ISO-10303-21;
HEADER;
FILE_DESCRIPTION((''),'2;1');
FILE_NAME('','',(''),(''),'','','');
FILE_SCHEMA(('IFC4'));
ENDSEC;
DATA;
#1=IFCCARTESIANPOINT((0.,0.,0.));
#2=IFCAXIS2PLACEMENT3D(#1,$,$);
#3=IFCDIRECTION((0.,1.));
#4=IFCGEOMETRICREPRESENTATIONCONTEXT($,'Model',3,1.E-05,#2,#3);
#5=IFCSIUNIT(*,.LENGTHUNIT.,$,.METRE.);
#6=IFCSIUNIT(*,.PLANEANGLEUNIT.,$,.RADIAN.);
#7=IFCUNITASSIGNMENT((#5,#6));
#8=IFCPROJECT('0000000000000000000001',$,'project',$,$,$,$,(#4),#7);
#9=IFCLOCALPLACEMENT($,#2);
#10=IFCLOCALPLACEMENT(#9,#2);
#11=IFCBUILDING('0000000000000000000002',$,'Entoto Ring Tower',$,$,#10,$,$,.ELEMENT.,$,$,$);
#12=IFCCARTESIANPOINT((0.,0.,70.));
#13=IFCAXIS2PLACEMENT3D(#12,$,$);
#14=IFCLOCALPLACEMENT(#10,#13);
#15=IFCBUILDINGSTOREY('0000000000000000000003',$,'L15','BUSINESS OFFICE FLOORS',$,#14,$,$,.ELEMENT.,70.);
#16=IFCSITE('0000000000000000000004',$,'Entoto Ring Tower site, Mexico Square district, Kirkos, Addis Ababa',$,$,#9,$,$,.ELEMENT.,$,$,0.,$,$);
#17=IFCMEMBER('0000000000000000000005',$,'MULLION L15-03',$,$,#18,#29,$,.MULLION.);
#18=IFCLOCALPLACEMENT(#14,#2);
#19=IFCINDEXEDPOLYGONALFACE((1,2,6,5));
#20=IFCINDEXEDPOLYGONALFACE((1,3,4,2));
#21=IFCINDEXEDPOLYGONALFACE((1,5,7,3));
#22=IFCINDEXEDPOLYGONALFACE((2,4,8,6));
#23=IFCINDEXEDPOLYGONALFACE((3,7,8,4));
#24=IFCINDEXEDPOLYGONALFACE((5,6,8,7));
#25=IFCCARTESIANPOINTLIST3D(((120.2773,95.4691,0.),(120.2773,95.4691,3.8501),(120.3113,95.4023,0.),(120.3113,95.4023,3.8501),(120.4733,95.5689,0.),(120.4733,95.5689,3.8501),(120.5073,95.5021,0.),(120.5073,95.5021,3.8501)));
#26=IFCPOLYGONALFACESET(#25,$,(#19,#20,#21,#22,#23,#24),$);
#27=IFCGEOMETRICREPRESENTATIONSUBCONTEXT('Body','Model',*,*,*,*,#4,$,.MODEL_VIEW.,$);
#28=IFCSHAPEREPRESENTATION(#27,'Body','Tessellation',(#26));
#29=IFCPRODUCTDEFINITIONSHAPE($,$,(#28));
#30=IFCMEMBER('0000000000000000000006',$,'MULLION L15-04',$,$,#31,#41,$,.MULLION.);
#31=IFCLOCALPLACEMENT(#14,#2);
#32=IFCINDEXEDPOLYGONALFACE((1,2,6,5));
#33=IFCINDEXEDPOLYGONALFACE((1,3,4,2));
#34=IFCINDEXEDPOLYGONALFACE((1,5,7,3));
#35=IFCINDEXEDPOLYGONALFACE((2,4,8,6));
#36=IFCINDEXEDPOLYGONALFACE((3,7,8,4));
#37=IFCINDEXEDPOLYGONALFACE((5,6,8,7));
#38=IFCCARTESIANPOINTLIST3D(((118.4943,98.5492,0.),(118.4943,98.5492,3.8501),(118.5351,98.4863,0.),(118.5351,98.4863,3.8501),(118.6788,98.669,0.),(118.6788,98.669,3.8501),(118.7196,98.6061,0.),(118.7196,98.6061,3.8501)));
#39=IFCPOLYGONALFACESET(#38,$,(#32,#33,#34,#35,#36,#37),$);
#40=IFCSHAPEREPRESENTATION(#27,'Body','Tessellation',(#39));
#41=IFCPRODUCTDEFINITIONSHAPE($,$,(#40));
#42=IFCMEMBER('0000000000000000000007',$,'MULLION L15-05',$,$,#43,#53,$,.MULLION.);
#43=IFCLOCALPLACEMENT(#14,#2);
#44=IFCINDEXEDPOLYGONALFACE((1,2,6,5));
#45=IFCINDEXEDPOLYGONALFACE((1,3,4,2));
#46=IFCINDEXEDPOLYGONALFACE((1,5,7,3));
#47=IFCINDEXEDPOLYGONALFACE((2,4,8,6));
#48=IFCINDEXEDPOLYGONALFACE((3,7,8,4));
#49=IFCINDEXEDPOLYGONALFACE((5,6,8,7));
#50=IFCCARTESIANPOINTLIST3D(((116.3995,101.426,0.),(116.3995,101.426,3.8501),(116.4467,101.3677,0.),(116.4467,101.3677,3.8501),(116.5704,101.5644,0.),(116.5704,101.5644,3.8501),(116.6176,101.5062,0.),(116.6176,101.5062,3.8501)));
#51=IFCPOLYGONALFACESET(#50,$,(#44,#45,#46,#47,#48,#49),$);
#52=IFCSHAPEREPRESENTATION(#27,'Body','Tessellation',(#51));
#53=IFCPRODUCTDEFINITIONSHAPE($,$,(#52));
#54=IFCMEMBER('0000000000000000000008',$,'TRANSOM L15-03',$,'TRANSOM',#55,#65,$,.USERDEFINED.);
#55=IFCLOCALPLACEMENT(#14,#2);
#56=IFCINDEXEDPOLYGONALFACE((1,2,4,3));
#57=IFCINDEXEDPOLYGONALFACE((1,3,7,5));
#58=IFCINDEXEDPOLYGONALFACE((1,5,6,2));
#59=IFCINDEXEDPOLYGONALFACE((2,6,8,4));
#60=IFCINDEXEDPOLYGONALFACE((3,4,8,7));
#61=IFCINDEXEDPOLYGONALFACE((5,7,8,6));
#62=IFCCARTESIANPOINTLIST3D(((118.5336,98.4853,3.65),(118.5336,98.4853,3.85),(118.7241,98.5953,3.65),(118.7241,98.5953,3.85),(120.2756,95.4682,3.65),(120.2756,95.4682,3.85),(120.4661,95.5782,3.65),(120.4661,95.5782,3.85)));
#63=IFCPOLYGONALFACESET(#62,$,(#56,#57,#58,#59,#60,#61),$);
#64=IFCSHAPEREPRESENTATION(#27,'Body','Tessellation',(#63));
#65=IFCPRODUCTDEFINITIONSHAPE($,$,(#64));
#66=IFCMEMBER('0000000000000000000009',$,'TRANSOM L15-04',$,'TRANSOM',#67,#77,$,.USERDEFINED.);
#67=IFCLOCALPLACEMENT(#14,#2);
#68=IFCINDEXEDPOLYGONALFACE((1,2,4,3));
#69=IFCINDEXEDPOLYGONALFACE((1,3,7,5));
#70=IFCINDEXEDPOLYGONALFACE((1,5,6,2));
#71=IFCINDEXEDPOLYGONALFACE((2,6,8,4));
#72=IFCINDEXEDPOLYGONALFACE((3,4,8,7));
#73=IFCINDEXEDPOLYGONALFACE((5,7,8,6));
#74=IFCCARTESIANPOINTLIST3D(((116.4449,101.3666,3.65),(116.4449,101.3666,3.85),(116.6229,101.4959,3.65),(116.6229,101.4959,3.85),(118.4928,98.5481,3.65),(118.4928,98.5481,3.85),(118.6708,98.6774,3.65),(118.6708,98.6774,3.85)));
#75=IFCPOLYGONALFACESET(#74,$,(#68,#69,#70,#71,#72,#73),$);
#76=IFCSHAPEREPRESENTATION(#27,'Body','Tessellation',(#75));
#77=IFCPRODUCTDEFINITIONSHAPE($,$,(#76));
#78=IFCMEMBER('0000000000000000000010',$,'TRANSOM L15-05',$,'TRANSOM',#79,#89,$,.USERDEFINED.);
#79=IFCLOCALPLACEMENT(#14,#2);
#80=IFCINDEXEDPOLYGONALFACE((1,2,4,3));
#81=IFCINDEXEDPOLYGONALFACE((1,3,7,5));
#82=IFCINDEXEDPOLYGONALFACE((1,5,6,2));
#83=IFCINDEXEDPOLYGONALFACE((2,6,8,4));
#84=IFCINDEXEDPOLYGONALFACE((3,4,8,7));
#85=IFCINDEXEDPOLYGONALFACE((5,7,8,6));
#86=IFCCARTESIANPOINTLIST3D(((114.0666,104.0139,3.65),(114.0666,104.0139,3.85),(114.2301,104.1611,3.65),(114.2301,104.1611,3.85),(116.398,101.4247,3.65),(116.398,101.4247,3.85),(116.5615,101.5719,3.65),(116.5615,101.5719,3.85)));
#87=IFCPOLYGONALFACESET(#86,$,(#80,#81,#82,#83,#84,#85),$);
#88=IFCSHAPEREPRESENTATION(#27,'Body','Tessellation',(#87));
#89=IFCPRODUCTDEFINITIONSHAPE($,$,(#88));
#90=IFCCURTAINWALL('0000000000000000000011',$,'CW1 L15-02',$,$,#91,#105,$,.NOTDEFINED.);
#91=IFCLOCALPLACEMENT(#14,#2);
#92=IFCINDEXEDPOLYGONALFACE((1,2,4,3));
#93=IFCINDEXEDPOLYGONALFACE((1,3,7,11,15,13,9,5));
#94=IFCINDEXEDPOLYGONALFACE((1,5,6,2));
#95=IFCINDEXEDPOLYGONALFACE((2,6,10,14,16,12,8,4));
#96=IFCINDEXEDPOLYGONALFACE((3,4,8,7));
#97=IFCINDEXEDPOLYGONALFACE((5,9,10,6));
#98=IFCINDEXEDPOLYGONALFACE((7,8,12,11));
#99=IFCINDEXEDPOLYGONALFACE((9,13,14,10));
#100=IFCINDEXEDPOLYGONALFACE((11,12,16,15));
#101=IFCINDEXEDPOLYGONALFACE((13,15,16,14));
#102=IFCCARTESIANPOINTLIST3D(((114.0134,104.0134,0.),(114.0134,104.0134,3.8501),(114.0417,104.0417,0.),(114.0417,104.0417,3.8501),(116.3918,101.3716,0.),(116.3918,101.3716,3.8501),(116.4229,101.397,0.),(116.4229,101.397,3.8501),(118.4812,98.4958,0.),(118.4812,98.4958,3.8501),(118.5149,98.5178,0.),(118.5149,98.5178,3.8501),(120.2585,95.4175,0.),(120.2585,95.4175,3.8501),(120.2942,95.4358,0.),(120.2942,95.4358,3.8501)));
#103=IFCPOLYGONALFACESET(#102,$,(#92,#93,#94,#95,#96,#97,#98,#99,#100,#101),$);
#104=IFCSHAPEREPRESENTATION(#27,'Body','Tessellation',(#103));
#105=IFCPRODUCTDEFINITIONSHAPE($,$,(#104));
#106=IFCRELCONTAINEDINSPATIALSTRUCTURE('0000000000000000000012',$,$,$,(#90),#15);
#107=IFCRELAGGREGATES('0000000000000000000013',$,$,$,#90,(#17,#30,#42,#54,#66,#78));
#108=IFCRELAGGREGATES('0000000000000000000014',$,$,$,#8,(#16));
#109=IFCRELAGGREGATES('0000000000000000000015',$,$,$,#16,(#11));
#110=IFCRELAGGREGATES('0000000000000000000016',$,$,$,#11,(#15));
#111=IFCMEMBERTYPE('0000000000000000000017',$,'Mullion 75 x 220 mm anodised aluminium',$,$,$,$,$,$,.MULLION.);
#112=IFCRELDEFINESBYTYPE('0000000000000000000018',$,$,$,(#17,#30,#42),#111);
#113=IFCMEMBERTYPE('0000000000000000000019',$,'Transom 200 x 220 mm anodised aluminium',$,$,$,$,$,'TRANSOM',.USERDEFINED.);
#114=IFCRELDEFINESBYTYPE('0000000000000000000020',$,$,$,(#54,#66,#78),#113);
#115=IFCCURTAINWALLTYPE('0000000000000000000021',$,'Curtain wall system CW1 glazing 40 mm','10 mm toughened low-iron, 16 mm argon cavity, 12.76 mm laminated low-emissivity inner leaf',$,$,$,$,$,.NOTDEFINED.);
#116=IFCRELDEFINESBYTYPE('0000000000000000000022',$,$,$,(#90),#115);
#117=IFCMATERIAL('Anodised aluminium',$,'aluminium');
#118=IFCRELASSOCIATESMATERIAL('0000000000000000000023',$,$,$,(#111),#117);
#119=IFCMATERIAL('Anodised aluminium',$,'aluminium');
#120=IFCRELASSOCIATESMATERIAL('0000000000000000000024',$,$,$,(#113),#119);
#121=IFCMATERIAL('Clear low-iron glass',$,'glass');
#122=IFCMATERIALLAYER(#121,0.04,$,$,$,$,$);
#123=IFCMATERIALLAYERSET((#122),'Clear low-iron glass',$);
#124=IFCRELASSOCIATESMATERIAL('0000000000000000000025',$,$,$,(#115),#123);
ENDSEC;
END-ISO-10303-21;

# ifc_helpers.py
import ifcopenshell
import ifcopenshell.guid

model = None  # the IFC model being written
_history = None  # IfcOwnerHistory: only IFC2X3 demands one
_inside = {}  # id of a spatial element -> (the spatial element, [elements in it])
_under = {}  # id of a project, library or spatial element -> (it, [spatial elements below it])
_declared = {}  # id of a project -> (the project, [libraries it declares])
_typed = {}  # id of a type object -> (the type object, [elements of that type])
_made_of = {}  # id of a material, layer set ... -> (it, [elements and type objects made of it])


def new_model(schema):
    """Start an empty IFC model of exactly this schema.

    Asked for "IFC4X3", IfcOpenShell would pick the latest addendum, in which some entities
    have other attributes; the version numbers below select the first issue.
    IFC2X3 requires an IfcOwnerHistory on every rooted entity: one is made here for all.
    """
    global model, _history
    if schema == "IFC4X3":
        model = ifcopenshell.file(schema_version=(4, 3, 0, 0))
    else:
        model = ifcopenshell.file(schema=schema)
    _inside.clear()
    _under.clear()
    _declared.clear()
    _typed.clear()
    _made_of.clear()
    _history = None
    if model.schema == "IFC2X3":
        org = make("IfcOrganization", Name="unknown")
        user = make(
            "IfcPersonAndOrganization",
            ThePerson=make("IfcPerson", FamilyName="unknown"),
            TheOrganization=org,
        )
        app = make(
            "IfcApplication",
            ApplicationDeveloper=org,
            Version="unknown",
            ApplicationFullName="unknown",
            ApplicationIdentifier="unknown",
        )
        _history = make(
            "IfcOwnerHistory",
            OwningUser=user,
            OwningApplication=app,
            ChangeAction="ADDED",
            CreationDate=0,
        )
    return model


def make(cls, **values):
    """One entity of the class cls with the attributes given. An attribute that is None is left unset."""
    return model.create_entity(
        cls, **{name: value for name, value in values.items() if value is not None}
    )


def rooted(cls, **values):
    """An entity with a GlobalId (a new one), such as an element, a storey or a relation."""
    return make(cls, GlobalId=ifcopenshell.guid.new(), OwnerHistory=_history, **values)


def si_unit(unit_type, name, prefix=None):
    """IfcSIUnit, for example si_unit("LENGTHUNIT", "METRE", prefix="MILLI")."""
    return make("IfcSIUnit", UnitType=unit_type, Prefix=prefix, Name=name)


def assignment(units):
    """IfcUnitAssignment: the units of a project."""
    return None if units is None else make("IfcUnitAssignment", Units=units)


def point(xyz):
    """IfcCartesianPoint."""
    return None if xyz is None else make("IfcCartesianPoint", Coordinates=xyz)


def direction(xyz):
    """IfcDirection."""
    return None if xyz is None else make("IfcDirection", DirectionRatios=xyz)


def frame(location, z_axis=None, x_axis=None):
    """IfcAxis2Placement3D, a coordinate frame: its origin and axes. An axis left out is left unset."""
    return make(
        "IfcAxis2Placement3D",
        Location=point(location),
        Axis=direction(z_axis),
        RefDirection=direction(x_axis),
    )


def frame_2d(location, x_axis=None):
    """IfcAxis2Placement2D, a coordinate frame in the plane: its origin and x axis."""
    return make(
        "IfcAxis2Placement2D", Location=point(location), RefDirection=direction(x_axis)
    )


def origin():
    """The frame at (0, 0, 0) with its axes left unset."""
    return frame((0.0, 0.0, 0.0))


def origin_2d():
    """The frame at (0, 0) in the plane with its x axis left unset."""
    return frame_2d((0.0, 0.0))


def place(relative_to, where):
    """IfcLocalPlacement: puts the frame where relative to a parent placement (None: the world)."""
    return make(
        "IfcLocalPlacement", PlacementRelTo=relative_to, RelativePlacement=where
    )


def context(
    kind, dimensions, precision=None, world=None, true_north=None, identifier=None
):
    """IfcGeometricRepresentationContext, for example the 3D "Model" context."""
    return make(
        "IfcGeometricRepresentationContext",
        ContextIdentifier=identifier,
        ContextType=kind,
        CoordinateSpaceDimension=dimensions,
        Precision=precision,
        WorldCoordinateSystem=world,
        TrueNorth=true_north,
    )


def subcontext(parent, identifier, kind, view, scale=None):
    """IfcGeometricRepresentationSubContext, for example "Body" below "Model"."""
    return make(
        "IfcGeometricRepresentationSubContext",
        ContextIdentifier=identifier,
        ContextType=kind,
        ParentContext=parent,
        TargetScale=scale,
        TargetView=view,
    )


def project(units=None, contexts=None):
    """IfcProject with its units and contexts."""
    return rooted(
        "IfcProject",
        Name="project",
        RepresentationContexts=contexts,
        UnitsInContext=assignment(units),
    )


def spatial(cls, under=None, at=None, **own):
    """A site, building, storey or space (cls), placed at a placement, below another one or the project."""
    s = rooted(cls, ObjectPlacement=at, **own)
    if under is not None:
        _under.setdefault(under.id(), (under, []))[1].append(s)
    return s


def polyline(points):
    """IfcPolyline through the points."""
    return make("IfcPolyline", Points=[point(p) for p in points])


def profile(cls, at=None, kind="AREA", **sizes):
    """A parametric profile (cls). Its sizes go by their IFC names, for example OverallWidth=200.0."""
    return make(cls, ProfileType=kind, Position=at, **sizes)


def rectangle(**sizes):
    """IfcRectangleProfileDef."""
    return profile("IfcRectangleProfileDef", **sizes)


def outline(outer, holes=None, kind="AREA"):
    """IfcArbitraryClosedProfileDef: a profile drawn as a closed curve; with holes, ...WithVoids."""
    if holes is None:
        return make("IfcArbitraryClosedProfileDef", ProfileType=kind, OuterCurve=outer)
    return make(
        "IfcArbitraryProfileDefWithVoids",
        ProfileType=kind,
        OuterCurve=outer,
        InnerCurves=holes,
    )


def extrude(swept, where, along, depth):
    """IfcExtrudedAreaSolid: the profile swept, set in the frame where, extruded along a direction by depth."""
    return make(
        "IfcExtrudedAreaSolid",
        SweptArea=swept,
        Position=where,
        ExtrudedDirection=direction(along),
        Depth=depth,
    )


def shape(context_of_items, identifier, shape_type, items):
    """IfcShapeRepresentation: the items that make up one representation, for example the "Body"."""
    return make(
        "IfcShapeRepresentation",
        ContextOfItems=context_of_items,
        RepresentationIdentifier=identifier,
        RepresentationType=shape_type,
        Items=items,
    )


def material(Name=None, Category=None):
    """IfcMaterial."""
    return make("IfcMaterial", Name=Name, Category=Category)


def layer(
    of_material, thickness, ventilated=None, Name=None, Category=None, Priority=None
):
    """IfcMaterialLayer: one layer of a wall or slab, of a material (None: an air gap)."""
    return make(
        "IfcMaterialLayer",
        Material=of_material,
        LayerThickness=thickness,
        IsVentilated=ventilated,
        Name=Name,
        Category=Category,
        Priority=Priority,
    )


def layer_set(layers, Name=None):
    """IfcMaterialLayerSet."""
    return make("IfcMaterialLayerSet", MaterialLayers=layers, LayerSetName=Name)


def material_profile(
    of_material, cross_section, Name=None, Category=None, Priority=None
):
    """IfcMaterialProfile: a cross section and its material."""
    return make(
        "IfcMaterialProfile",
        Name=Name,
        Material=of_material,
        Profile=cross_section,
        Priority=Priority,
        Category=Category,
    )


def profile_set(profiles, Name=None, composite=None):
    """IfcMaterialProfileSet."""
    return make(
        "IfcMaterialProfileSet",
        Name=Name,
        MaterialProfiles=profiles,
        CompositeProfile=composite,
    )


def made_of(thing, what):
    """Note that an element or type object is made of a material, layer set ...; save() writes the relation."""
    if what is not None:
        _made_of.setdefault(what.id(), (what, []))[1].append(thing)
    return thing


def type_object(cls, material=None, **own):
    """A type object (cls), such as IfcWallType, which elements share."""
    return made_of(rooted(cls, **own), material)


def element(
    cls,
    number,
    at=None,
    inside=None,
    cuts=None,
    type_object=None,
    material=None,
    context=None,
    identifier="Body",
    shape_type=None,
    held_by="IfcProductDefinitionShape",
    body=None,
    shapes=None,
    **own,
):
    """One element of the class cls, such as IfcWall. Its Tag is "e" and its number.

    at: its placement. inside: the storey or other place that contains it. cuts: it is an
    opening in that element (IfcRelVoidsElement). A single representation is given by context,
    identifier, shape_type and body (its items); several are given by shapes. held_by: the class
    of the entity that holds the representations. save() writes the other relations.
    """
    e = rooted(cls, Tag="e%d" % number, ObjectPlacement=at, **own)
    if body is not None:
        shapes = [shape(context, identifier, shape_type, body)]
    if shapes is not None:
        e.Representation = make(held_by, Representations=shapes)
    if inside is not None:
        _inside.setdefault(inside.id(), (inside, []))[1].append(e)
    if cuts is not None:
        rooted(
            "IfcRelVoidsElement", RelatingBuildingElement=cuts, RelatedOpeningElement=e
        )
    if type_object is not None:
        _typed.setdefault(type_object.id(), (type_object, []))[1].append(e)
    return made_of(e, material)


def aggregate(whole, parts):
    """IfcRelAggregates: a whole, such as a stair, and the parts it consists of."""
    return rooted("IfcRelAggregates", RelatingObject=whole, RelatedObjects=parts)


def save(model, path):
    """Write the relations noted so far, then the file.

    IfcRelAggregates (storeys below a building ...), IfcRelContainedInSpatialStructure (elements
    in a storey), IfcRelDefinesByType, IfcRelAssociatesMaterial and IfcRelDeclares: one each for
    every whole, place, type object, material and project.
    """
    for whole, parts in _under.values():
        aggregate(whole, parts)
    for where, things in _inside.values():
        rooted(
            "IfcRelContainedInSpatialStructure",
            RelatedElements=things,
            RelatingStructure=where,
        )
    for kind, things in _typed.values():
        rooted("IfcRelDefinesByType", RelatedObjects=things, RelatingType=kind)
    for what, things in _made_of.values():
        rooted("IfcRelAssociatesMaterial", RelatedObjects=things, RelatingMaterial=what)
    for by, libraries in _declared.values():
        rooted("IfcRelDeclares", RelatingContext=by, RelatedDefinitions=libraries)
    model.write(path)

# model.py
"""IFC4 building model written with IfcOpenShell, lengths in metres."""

from ifc_helpers import new_model, si_unit, direction, frame, origin, origin_2d, place, context, subcontext, project, spatial, polyline, rectangle, outline, extrude, material, layer, layer_set, material_profile, profile_set, type_object, element, aggregate, save


model = new_model("IFC4")

# Units and contexts
model_context = context("Model", 3, precision=1e-05, world=origin(), true_north=direction((0.0, 1.0)))
body_context = subcontext(model_context, "Body", "Model", "MODEL_VIEW")
ifc_project = project(units=[si_unit("LENGTHUNIT", "METRE"), si_unit("PLANEANGLEUNIT", "RADIAN")], contexts=[model_context])

# Members
ifc_material_1 = material(Name="Anodised aluminium", Category="aluminium")
ifc_material_profile_1 = material_profile(ifc_material_1, rectangle(XDim=0.075, YDim=0.22, at=origin_2d()), Name="Mullion 75 x 220 mm anodised aluminium")
ifc_profile_set_1 = profile_set([ifc_material_profile_1], Name="Anodised aluminium")
member_type_1 = type_object("IfcMemberType", Name="Mullion 75 x 220 mm anodised aluminium", PredefinedType="MULLION", material=ifc_profile_set_1)
site_placement = place(None, origin())
building_placement = place(site_placement, origin())
storey_placement = place(building_placement, frame((0.0, 0.0, 70.0)))
member_1_placement = place(storey_placement, frame((120.3923, 95.4856, 0.0), z_axis=(0.0, 0.0, 1.0), x_axis=(-0.45399, 0.891007, 0.0)))
member_1 = element("IfcMember", 1, at=member_1_placement, type_object=member_type_1, Name="MULLION L15-03", PredefinedType="MULLION", context=body_context, shape_type="SweptSolid", body=[
    extrude(rectangle(XDim=0.075, YDim=0.22, at=origin_2d()), origin(), (0.0, 0.0, 1.0), 3.8501),
])
member_2_placement = place(storey_placement, frame((118.6069, 98.5776, 0.0), z_axis=(0.0, 0.0, 1.0), x_axis=(-0.544639, 0.838671, 0.0)))
member_2 = element("IfcMember", 2, at=member_2_placement, type_object=member_type_1, Name="MULLION L15-04", PredefinedType="MULLION", context=body_context, shape_type="SweptSolid", body=[
    extrude(rectangle(XDim=0.075, YDim=0.22, at=origin_2d()), origin(), (0.0, 0.0, 1.0), 3.8501),
])
member_3_placement = place(storey_placement, frame((116.5085, 101.4661, 0.0), z_axis=(0.0, 0.0, 1.0), x_axis=(-0.62932, 0.777146, 0.0)))
member_3 = element("IfcMember", 3, at=member_3_placement, type_object=member_type_1, Name="MULLION L15-05", PredefinedType="MULLION", context=body_context, shape_type="SweptSolid", body=[
    extrude(rectangle(XDim=0.075, YDim=0.22, at=origin_2d()), origin(), (0.0, 0.0, 1.0), 3.8501),
])
ifc_material_2 = material(Name="Anodised aluminium", Category="aluminium")
ifc_material_profile_2 = material_profile(ifc_material_2, rectangle(XDim=0.22, YDim=0.2, at=origin_2d()), Name="Transom 200 x 220 mm anodised aluminium")
ifc_profile_set_2 = profile_set([ifc_material_profile_2], Name="Anodised aluminium")
member_type_2 = type_object("IfcMemberType", Name="Transom 200 x 220 mm anodised aluminium", ElementType="TRANSOM", PredefinedType="USERDEFINED", material=ifc_profile_set_2)
member_4_placement = place(storey_placement, frame((120.3708, 95.5232, 3.75), z_axis=(-0.500006, 0.866022, 0.0), x_axis=(-0.866022, -0.500006, 0.0)))
member_4 = element("IfcMember", 4, at=member_4_placement, type_object=member_type_2, Name="TRANSOM L15-03", ObjectType="TRANSOM", PredefinedType="USERDEFINED", context=body_context, shape_type="SweptSolid", body=[
    extrude(rectangle(XDim=0.22, YDim=0.2, at=origin_2d()), origin(), (0.0, 0.0, 1.0), 3.4839),
])
member_5_placement = place(storey_placement, frame((118.5818, 98.6128, 3.75), z_axis=(-0.587822, 0.808991, 0.0), x_axis=(-0.808991, -0.587822, 0.0)))
member_5 = element("IfcMember", 5, at=member_5_placement, type_object=member_type_2, Name="TRANSOM L15-04", ObjectType="TRANSOM", PredefinedType="USERDEFINED", context=body_context, shape_type="SweptSolid", body=[
    extrude(rectangle(XDim=0.22, YDim=0.2, at=origin_2d()), origin(), (0.0, 0.0, 1.0), 3.4839),
])
member_6_placement = place(storey_placement, frame((116.4797, 101.4983, 3.75), z_axis=(-0.669139, 0.743137, 0.0), x_axis=(-0.743137, -0.669139, 0.0)))
member_6 = element("IfcMember", 6, at=member_6_placement, type_object=member_type_2, Name="TRANSOM L15-05", ObjectType="TRANSOM", PredefinedType="USERDEFINED", context=body_context, shape_type="SweptSolid", body=[
    extrude(rectangle(XDim=0.22, YDim=0.2, at=origin_2d()), origin(), (0.0, 0.0, 1.0), 3.4841),
])

# Site, building, storey
site = spatial("IfcSite", under=ifc_project, at=site_placement, Name="Entoto Ring Tower site, Mexico Square district, Kirkos, Addis Ababa", CompositionType="ELEMENT", RefElevation=0.0)
building = spatial("IfcBuilding", under=site, at=building_placement, Name="Entoto Ring Tower", CompositionType="ELEMENT")
storey = spatial("IfcBuildingStorey", under=building, at=storey_placement, Name="L15", Description="BUSINESS OFFICE FLOORS", CompositionType="ELEMENT", Elevation=70.0)

# Curtain wall
ifc_material_3 = material(Name="Clear low-iron glass", Category="glass")
ifc_layer_1 = layer(ifc_material_3, 0.04)
ifc_layer_set_1 = layer_set([ifc_layer_1], Name="Clear low-iron glass")
curtain_wall_type = type_object("IfcCurtainWallType", Name="Curtain wall system CW1 glazing 40 mm", Description="10 mm toughened low-iron, 16 mm argon cavity, 12.76 mm laminated low-emissivity inner leaf", PredefinedType="NOTDEFINED", material=ifc_layer_set_1)
curtain_wall_1_placement = place(storey_placement, origin())
curtain_wall_1 = element("IfcCurtainWall", 7, at=curtain_wall_1_placement, inside=storey, type_object=curtain_wall_type, Name="CW1 L15-02", PredefinedType="NOTDEFINED", context=body_context, shape_type="SweptSolid", body=[
    extrude(outline(polyline([(120.2942, 95.4358), (118.5149, 98.5178), (116.4229, 101.397), (114.0417, 104.0417), (114.0134, 104.0134), (116.3918, 101.3716), (118.4812, 98.4958), (120.2585, 95.4175), (120.2942, 95.4358)])), origin(), (0.0, 0.0, 1.0), 3.8501),
])
aggregate(curtain_wall_1, [member_1, member_2, member_3, member_4, member_5, member_6])

save(model, "model.ifc")
